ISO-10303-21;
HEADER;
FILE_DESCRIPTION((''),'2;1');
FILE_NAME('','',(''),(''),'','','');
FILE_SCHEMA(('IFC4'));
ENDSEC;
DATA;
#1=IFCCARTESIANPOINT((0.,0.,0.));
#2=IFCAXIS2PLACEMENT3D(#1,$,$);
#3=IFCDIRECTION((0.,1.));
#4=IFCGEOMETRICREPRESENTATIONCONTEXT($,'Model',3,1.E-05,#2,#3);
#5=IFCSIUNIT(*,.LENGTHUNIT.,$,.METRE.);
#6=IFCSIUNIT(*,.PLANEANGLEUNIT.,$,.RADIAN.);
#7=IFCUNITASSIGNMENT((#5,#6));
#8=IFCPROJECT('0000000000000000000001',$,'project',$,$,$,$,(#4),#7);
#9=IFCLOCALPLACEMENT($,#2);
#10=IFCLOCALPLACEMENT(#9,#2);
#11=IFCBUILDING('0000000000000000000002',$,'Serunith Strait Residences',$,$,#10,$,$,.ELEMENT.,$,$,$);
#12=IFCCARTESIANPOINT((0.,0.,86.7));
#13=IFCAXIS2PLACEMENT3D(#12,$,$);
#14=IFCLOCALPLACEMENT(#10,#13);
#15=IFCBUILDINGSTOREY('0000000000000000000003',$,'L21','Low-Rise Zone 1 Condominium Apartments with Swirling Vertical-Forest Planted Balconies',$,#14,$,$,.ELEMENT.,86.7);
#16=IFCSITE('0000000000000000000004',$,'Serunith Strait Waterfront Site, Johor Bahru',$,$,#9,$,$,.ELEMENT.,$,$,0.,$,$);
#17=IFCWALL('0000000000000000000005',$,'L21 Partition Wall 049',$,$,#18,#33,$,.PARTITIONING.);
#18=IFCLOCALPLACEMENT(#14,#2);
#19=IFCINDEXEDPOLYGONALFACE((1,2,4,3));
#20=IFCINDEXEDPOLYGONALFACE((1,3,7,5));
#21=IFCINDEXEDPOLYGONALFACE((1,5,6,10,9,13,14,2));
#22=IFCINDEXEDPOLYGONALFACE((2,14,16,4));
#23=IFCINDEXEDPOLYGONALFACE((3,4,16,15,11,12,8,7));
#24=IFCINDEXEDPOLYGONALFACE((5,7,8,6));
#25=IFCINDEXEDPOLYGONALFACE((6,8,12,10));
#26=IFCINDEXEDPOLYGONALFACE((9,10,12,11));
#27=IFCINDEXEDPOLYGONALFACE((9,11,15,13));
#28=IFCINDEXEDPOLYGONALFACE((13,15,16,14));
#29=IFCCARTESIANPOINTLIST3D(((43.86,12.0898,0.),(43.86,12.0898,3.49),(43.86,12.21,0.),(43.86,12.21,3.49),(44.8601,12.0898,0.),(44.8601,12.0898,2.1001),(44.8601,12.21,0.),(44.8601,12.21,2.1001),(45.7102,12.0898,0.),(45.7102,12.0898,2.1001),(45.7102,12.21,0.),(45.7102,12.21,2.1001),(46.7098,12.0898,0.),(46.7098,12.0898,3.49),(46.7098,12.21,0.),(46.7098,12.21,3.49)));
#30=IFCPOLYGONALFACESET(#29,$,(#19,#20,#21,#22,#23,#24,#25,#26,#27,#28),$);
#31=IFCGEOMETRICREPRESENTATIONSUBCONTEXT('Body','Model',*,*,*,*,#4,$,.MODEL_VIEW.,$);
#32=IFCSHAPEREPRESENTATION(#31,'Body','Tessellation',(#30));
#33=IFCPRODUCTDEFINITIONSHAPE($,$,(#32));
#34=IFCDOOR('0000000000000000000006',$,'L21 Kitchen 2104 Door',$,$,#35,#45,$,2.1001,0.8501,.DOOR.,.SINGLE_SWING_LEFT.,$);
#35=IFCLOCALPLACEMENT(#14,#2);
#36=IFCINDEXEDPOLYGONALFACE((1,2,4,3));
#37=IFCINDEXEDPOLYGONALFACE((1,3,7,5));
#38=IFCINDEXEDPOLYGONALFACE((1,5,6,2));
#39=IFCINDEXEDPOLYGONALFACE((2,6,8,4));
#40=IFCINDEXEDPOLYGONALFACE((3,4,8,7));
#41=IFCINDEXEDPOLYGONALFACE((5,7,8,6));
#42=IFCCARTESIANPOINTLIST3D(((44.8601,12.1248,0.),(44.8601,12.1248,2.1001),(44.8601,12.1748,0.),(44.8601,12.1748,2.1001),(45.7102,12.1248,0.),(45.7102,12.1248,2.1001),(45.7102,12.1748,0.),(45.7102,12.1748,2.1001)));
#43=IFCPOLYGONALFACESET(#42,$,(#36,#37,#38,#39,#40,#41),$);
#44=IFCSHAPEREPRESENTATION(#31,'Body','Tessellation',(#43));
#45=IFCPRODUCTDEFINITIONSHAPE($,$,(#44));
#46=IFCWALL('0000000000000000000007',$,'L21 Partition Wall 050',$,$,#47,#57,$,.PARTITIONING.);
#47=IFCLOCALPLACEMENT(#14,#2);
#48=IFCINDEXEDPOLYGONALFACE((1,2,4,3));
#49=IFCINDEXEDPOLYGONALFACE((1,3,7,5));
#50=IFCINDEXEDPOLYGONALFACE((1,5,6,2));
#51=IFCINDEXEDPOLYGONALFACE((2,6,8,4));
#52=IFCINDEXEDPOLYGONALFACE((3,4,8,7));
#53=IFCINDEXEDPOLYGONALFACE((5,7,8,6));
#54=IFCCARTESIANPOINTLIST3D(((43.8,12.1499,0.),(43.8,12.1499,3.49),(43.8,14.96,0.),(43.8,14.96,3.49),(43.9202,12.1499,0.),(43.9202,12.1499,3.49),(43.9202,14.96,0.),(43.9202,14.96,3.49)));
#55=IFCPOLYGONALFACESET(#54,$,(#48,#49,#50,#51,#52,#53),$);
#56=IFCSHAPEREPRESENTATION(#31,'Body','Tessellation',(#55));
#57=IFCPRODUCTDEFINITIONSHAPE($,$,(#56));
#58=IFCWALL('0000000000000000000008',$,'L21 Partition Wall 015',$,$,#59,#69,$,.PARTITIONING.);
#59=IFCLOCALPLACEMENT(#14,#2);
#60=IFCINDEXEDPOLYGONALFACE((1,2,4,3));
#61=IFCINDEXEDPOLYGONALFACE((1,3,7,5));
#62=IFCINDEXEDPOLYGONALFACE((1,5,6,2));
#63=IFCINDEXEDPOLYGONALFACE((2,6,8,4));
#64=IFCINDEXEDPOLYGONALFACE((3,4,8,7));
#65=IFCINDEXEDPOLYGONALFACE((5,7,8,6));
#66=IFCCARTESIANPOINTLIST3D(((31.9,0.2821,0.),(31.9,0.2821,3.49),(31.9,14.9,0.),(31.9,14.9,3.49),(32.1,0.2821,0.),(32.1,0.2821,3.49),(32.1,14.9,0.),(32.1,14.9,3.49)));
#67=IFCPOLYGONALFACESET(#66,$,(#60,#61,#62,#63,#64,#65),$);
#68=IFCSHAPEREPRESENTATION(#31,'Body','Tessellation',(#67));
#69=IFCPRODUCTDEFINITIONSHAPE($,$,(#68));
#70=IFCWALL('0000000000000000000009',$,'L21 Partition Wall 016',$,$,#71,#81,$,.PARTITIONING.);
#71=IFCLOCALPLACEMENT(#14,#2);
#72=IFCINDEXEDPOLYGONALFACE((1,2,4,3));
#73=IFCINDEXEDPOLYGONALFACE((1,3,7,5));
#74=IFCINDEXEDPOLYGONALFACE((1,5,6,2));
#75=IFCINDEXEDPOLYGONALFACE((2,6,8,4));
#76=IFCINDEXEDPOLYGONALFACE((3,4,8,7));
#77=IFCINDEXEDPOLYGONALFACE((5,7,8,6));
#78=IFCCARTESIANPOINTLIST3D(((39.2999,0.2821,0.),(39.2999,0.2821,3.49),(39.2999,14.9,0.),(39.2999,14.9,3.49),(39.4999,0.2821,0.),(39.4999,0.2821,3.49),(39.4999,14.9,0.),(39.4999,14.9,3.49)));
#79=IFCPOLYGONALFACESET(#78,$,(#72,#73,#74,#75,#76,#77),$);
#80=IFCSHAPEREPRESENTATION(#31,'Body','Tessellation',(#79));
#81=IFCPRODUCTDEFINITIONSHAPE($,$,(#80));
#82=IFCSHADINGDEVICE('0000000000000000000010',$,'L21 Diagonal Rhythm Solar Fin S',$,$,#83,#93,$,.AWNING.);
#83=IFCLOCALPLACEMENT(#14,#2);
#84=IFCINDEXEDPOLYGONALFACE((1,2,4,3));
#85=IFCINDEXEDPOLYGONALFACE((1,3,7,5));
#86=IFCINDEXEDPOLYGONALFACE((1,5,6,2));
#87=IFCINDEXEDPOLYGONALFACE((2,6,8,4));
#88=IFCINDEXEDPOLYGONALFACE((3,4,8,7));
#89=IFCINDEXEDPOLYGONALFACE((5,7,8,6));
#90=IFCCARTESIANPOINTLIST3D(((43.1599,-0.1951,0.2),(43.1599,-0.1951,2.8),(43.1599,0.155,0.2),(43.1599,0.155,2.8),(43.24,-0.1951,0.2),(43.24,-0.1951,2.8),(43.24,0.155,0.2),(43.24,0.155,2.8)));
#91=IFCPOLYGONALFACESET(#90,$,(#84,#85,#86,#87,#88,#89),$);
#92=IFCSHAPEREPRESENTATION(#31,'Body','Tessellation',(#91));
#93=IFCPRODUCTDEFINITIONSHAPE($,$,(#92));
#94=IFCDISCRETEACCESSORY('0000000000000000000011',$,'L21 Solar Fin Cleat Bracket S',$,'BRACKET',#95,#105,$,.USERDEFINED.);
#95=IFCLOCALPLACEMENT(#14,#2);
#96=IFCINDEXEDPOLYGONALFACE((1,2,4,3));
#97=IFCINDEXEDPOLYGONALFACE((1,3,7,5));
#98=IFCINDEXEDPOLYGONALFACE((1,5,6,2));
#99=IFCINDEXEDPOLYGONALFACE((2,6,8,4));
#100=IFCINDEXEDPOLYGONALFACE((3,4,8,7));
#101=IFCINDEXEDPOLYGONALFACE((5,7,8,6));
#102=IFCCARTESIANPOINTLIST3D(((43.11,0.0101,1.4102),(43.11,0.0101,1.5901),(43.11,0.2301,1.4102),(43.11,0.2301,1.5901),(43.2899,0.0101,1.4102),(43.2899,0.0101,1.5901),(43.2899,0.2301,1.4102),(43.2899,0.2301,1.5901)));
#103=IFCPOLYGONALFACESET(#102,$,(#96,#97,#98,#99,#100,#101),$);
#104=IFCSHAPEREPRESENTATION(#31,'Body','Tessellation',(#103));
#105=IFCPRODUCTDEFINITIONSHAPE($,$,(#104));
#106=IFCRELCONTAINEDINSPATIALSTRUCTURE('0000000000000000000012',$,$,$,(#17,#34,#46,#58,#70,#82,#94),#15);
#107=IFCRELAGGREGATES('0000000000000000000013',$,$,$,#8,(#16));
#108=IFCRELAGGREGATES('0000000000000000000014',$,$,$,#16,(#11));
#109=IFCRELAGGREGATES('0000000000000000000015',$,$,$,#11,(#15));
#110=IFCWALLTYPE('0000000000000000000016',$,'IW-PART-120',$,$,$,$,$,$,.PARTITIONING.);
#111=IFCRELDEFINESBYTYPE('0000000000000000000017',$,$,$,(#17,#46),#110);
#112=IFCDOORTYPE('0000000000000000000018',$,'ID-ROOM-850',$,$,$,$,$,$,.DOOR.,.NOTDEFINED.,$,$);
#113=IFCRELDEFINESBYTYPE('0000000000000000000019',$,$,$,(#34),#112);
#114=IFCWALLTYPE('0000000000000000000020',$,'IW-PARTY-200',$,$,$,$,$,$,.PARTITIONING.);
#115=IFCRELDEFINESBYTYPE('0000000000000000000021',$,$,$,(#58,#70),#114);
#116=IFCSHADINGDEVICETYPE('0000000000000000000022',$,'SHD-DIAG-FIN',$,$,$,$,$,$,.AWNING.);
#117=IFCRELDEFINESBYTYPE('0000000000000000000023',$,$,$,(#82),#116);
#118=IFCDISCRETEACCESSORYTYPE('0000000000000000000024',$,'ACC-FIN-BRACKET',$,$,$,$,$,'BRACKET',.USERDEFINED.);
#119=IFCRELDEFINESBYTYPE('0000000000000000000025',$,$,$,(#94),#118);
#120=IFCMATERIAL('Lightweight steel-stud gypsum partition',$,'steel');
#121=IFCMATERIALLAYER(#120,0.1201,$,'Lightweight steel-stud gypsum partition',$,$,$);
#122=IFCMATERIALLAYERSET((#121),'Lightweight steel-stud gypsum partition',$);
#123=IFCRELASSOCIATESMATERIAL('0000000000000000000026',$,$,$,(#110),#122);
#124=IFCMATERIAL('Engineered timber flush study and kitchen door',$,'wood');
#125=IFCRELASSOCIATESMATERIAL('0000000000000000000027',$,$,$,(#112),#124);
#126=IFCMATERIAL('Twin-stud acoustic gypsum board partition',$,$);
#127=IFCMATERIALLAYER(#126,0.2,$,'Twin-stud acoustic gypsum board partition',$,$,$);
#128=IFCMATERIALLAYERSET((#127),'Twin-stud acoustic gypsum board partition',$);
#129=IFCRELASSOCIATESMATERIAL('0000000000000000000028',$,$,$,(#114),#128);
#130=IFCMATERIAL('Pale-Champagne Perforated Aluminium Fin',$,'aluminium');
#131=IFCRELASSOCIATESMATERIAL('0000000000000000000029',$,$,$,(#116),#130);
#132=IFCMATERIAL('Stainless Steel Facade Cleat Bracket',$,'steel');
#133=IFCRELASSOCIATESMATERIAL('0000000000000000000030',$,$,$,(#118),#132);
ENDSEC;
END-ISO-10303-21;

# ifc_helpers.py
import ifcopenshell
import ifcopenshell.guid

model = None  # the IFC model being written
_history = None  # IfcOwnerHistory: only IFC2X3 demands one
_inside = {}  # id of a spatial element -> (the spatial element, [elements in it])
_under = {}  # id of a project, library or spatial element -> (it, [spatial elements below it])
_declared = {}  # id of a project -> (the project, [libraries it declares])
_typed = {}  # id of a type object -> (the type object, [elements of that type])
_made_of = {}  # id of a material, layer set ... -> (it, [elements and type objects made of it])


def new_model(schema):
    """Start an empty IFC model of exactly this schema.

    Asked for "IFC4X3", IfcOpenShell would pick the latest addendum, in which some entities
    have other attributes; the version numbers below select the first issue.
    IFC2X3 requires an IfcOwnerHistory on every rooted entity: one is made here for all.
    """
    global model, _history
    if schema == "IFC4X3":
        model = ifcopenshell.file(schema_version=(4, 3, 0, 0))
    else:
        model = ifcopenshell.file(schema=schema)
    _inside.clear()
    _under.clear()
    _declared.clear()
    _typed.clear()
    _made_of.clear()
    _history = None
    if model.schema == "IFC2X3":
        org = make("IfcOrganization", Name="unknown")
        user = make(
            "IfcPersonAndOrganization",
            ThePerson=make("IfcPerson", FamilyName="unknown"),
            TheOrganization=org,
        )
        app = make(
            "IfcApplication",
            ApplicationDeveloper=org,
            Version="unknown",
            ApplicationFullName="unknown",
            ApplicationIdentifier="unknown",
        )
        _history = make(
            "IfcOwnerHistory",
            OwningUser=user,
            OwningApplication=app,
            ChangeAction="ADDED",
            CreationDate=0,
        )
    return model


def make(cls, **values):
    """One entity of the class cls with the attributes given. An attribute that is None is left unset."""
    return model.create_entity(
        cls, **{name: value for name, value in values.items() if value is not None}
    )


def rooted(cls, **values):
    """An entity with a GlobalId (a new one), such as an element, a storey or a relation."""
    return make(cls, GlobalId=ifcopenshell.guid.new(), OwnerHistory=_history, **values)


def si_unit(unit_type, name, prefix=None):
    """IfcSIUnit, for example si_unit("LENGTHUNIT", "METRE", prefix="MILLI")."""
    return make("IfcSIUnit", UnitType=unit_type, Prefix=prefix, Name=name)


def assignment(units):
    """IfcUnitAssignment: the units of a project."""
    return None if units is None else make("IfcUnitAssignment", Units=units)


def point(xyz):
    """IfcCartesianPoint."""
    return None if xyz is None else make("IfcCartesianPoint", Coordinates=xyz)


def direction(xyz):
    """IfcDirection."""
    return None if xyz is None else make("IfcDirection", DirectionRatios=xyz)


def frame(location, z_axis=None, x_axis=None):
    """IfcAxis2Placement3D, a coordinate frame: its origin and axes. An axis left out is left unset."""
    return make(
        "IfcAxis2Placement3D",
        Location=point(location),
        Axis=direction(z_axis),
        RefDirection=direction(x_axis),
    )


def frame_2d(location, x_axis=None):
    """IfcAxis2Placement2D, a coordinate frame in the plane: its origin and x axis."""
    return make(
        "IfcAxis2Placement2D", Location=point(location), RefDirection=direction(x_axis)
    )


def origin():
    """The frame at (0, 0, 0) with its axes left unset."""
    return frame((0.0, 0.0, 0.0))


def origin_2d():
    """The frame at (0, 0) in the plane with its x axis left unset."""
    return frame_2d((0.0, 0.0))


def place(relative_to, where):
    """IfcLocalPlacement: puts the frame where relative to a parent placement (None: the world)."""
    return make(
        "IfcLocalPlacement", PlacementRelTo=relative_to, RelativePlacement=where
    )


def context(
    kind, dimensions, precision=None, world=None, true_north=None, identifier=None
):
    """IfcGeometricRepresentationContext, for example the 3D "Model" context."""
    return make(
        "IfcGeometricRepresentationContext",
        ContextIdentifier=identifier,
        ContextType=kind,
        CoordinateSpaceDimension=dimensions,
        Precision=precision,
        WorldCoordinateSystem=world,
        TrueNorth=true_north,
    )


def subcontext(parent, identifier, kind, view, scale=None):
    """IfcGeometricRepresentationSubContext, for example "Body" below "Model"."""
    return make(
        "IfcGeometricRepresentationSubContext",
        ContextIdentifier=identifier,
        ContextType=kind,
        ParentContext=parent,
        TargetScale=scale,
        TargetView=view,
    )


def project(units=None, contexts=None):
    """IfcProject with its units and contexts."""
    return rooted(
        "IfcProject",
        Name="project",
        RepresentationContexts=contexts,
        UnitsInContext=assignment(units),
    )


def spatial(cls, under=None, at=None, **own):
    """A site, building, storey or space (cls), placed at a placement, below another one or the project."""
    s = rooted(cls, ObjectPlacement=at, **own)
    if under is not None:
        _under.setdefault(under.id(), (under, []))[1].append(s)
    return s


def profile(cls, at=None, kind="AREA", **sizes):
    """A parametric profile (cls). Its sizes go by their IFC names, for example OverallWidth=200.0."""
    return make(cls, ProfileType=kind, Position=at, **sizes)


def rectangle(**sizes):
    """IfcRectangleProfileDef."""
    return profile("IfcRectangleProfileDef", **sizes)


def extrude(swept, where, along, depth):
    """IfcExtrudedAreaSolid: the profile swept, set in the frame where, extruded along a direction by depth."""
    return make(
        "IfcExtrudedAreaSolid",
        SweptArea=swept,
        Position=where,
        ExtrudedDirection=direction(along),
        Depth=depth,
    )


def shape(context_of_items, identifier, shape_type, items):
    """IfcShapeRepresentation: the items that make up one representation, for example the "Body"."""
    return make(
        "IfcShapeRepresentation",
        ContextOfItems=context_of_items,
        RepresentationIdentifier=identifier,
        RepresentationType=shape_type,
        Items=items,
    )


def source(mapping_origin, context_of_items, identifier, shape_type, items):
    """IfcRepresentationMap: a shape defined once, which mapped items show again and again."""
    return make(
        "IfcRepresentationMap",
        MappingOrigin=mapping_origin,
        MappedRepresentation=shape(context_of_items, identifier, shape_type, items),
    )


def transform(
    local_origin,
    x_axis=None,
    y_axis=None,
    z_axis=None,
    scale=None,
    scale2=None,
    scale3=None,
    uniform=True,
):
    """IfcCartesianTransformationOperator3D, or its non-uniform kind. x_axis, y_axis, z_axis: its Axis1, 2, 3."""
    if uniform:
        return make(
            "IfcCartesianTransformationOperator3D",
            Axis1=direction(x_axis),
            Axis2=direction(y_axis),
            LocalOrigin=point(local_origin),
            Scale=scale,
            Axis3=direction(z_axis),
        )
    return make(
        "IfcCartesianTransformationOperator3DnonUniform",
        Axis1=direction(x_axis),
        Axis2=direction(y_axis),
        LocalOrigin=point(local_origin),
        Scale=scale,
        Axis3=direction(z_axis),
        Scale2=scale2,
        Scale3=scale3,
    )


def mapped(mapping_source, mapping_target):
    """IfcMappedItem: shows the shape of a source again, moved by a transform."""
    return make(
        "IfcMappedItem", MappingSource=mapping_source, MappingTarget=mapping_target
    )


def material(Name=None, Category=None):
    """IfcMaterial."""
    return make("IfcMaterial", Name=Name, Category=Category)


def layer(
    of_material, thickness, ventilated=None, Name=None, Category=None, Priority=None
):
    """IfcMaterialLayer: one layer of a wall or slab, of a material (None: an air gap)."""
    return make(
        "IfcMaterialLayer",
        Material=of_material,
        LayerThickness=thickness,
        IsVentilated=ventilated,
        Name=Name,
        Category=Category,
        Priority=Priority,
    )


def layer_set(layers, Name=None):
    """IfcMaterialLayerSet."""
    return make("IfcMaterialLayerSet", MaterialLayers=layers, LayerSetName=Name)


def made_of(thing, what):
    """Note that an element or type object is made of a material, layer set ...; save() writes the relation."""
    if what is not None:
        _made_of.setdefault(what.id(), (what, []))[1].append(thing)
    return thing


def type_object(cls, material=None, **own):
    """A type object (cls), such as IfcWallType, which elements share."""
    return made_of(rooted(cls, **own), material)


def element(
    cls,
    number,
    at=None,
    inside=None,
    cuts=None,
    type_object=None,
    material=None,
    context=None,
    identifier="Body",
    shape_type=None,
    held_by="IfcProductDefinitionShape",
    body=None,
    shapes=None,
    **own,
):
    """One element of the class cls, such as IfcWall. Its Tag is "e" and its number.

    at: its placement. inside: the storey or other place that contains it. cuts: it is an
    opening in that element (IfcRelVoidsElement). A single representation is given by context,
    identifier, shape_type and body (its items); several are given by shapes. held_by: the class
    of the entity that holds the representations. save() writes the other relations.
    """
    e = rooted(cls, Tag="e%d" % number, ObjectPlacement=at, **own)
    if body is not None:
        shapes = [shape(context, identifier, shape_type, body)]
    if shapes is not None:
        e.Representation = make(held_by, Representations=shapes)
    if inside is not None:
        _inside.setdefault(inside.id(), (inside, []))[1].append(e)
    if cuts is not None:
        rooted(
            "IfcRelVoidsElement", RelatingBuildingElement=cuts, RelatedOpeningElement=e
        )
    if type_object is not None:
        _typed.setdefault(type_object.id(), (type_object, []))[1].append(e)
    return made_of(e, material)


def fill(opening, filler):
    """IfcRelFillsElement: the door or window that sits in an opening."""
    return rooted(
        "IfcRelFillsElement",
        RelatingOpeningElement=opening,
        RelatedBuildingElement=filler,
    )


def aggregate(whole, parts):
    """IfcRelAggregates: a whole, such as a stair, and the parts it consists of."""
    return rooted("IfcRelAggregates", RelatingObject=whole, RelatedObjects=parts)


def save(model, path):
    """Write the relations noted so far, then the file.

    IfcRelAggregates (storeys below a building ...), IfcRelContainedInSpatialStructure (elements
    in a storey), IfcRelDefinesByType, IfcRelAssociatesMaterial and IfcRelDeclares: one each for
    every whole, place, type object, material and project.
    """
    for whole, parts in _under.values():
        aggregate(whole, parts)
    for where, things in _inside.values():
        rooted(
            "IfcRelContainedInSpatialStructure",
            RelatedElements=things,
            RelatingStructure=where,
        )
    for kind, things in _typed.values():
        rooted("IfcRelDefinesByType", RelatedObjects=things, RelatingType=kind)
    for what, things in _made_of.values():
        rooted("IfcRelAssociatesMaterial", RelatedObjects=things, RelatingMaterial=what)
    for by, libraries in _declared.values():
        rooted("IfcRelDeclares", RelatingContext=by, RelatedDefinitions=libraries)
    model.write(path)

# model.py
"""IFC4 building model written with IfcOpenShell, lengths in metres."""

from ifc_helpers import new_model, si_unit, direction, frame, frame_2d, origin, origin_2d, place, context, subcontext, project, spatial, rectangle, extrude, source, transform, mapped, material, layer, layer_set, type_object, element, fill, save


model = new_model("IFC4")

# Units and contexts
model_context = context("Model", 3, precision=1e-05, world=origin(), true_north=direction((0.0, 1.0)))
body_context = subcontext(model_context, "Body", "Model", "MODEL_VIEW")
ifc_project = project(units=[si_unit("LENGTHUNIT", "METRE"), si_unit("PLANEANGLEUNIT", "RADIAN")], contexts=[model_context])

# Site, building, storey
site_placement = place(None, origin())
site = spatial("IfcSite", under=ifc_project, at=site_placement, Name="Serunith Strait Waterfront Site, Johor Bahru", CompositionType="ELEMENT", RefElevation=0.0)
building_placement = place(site_placement, origin())
building = spatial("IfcBuilding", under=site, at=building_placement, Name="Serunith Strait Residences", CompositionType="ELEMENT")
storey_placement = place(building_placement, frame((0.0, 0.0, 86.7)))
storey = spatial("IfcBuildingStorey", under=building, at=storey_placement, Name="L21", Description="Low-Rise Zone 1 Condominium Apartments with Swirling Vertical-Forest Planted Balconies", CompositionType="ELEMENT", Elevation=86.7)

# Shared definitions
ifc_material_1 = material(Name="Lightweight steel-stud gypsum partition", Category="steel")
ifc_layer_1 = layer(ifc_material_1, 0.1201, Name="Lightweight steel-stud gypsum partition")
ifc_layer_set_1 = layer_set([ifc_layer_1], Name="Lightweight steel-stud gypsum partition")
wall_type_1 = type_object("IfcWallType", Name="IW-PART-120", PredefinedType="PARTITIONING", material=ifc_layer_set_1)
ifc_material_2 = material(Name="Engineered timber flush study and kitchen door", Category="wood")
door_type = type_object("IfcDoorType", Name="ID-ROOM-850", OperationType="NOTDEFINED", PredefinedType="DOOR", material=ifc_material_2)
shared_shape_1 = source(origin(), body_context, "Body", "SweptSolid", [
    extrude(rectangle(XDim=0.8501, YDim=2.1001, at=frame_2d((0.425, 1.05))), frame((0.0, 0.0249, 0.0), z_axis=(0.0, -1.0, 0.0), x_axis=(1.0, 0.0, 0.0)), (0.0, 0.0, 1.0), 0.05),
])

# Wall, opening, door
wall_1_placement = place(storey_placement, frame((43.8601, 12.1499, 0.0), z_axis=(0.0, 0.0, 1.0), x_axis=(1.0, 0.0, 0.0)))
wall_1 = element("IfcWall", 1, at=wall_1_placement, inside=storey, type_object=wall_type_1, Name="L21 Partition Wall 049", PredefinedType="PARTITIONING", context=body_context, shape_type="SweptSolid", body=[
    extrude(rectangle(XDim=2.8499, YDim=0.1201, at=frame_2d((1.4248, 0.0))), origin(), (0.0, 0.0, 1.0), 3.49),
])
opening_1_placement = place(wall_1_placement, frame((1.0, 0.0, 0.0)))
opening_1 = element("IfcOpeningElement", 2, at=opening_1_placement, cuts=wall_1, PredefinedType="OPENING", context=body_context, shape_type="SweptSolid", body=[
    extrude(rectangle(XDim=0.8501, YDim=2.1001, at=frame_2d((0.425, 1.05))), frame((0.0, 0.0701, 0.0), z_axis=(0.0, -1.0, 0.0), x_axis=(1.0, 0.0, 0.0)), (0.0, 0.0, 1.0), 0.1401),
])
door_1_placement = place(opening_1_placement, origin())
door_1 = element("IfcDoor", 3, at=door_1_placement, inside=storey, type_object=door_type, Name="L21 Kitchen 2104 Door", OperationType="SINGLE_SWING_LEFT", OverallHeight=2.1001, OverallWidth=0.8501, PredefinedType="DOOR", context=body_context, shape_type="MappedRepresentation", body=[
    mapped(shared_shape_1, transform((0.0, 0.0, 0.0), scale=1.0)),
])
fill(opening_1, door_1)

# Walls
wall_2_placement = place(storey_placement, frame((43.8601, 12.1499, 0.0), z_axis=(0.0, 0.0, 1.0), x_axis=(0.0, 1.0, 0.0)))
element("IfcWall", 4, at=wall_2_placement, inside=storey, type_object=wall_type_1, Name="L21 Partition Wall 050", PredefinedType="PARTITIONING", context=body_context, shape_type="SweptSolid", body=[
    extrude(rectangle(XDim=2.8101, YDim=0.1201, at=frame_2d((1.405, 0.0))), origin(), (0.0, 0.0, 1.0), 3.49),
])
ifc_material_3 = material(Name="Twin-stud acoustic gypsum board partition")
ifc_layer_2 = layer(ifc_material_3, 0.2, Name="Twin-stud acoustic gypsum board partition")
ifc_layer_set_2 = layer_set([ifc_layer_2], Name="Twin-stud acoustic gypsum board partition")
wall_type_2 = type_object("IfcWallType", Name="IW-PARTY-200", PredefinedType="PARTITIONING", material=ifc_layer_set_2)
for number, where, z_axis, x_axis, name in (
    (5, (32.0, 0.282, 0.0), (0.0, 0.0, 1.0), (0.0, 1.0, 0.0), "L21 Partition Wall 015"),
    (6, (39.3999, 0.282, 0.0), (0.0, 0.0, 1.0), (0.0, 1.0, 0.0), "L21 Partition Wall 016"),
):
    element("IfcWall", number, at=place(storey_placement, frame(where, z_axis=z_axis, x_axis=x_axis)), inside=storey, type_object=wall_type_2, Name=name, PredefinedType="PARTITIONING", context=body_context, shape_type="SweptSolid", body=[
        extrude(rectangle(XDim=14.6179, YDim=0.2, at=frame_2d((7.3091, 0.0))), origin(), (0.0, 0.0, 1.0), 3.49),
    ])

# Shading device
ifc_material_4 = material(Name="Pale-Champagne Perforated Aluminium Fin", Category="aluminium")
shading_device_type = type_object("IfcShadingDeviceType", Name="SHD-DIAG-FIN", PredefinedType="AWNING", material=ifc_material_4)
shared_shape_2 = source(origin(), body_context, "Body", "SweptSolid", [
    extrude(rectangle(XDim=0.0801, YDim=0.3501, at=origin_2d()), origin(), (0.0, 0.0, 1.0), 2.6001),
])
shading_device_placement = place(storey_placement, frame((43.2, -0.02, 0.2), z_axis=(0.0, 0.0, 1.0), x_axis=(1.0, 0.0, 0.0)))
element("IfcShadingDevice", 7, at=shading_device_placement, inside=storey, type_object=shading_device_type, Name="L21 Diagonal Rhythm Solar Fin S", PredefinedType="AWNING", context=body_context, shape_type="MappedRepresentation", body=[
    mapped(shared_shape_2, transform((0.0, 0.0, 0.0), scale=1.0)),
])

# Discrete accessory
ifc_material_5 = material(Name="Stainless Steel Facade Cleat Bracket", Category="steel")
discrete_accessory_type = type_object("IfcDiscreteAccessoryType", Name="ACC-FIN-BRACKET", ElementType="BRACKET", PredefinedType="USERDEFINED", material=ifc_material_5)
shared_shape_3 = source(origin(), body_context, "Body", "SweptSolid", [
    extrude(rectangle(XDim=0.1799, YDim=0.22, at=origin_2d()), origin(), (0.0, 0.0, 1.0), 0.1799),
])
discrete_accessory_placement = place(storey_placement, frame((43.2, 0.1201, 1.4102), z_axis=(0.0, 0.0, 1.0), x_axis=(1.0, 0.0, 0.0)))
element("IfcDiscreteAccessory", 8, at=discrete_accessory_placement, inside=storey, type_object=discrete_accessory_type, Name="L21 Solar Fin Cleat Bracket S", ObjectType="BRACKET", PredefinedType="USERDEFINED", context=body_context, shape_type="MappedRepresentation", body=[
    mapped(shared_shape_3, transform((0.0, 0.0, 0.0), scale=1.0)),
])

save(model, "model.ifc")
